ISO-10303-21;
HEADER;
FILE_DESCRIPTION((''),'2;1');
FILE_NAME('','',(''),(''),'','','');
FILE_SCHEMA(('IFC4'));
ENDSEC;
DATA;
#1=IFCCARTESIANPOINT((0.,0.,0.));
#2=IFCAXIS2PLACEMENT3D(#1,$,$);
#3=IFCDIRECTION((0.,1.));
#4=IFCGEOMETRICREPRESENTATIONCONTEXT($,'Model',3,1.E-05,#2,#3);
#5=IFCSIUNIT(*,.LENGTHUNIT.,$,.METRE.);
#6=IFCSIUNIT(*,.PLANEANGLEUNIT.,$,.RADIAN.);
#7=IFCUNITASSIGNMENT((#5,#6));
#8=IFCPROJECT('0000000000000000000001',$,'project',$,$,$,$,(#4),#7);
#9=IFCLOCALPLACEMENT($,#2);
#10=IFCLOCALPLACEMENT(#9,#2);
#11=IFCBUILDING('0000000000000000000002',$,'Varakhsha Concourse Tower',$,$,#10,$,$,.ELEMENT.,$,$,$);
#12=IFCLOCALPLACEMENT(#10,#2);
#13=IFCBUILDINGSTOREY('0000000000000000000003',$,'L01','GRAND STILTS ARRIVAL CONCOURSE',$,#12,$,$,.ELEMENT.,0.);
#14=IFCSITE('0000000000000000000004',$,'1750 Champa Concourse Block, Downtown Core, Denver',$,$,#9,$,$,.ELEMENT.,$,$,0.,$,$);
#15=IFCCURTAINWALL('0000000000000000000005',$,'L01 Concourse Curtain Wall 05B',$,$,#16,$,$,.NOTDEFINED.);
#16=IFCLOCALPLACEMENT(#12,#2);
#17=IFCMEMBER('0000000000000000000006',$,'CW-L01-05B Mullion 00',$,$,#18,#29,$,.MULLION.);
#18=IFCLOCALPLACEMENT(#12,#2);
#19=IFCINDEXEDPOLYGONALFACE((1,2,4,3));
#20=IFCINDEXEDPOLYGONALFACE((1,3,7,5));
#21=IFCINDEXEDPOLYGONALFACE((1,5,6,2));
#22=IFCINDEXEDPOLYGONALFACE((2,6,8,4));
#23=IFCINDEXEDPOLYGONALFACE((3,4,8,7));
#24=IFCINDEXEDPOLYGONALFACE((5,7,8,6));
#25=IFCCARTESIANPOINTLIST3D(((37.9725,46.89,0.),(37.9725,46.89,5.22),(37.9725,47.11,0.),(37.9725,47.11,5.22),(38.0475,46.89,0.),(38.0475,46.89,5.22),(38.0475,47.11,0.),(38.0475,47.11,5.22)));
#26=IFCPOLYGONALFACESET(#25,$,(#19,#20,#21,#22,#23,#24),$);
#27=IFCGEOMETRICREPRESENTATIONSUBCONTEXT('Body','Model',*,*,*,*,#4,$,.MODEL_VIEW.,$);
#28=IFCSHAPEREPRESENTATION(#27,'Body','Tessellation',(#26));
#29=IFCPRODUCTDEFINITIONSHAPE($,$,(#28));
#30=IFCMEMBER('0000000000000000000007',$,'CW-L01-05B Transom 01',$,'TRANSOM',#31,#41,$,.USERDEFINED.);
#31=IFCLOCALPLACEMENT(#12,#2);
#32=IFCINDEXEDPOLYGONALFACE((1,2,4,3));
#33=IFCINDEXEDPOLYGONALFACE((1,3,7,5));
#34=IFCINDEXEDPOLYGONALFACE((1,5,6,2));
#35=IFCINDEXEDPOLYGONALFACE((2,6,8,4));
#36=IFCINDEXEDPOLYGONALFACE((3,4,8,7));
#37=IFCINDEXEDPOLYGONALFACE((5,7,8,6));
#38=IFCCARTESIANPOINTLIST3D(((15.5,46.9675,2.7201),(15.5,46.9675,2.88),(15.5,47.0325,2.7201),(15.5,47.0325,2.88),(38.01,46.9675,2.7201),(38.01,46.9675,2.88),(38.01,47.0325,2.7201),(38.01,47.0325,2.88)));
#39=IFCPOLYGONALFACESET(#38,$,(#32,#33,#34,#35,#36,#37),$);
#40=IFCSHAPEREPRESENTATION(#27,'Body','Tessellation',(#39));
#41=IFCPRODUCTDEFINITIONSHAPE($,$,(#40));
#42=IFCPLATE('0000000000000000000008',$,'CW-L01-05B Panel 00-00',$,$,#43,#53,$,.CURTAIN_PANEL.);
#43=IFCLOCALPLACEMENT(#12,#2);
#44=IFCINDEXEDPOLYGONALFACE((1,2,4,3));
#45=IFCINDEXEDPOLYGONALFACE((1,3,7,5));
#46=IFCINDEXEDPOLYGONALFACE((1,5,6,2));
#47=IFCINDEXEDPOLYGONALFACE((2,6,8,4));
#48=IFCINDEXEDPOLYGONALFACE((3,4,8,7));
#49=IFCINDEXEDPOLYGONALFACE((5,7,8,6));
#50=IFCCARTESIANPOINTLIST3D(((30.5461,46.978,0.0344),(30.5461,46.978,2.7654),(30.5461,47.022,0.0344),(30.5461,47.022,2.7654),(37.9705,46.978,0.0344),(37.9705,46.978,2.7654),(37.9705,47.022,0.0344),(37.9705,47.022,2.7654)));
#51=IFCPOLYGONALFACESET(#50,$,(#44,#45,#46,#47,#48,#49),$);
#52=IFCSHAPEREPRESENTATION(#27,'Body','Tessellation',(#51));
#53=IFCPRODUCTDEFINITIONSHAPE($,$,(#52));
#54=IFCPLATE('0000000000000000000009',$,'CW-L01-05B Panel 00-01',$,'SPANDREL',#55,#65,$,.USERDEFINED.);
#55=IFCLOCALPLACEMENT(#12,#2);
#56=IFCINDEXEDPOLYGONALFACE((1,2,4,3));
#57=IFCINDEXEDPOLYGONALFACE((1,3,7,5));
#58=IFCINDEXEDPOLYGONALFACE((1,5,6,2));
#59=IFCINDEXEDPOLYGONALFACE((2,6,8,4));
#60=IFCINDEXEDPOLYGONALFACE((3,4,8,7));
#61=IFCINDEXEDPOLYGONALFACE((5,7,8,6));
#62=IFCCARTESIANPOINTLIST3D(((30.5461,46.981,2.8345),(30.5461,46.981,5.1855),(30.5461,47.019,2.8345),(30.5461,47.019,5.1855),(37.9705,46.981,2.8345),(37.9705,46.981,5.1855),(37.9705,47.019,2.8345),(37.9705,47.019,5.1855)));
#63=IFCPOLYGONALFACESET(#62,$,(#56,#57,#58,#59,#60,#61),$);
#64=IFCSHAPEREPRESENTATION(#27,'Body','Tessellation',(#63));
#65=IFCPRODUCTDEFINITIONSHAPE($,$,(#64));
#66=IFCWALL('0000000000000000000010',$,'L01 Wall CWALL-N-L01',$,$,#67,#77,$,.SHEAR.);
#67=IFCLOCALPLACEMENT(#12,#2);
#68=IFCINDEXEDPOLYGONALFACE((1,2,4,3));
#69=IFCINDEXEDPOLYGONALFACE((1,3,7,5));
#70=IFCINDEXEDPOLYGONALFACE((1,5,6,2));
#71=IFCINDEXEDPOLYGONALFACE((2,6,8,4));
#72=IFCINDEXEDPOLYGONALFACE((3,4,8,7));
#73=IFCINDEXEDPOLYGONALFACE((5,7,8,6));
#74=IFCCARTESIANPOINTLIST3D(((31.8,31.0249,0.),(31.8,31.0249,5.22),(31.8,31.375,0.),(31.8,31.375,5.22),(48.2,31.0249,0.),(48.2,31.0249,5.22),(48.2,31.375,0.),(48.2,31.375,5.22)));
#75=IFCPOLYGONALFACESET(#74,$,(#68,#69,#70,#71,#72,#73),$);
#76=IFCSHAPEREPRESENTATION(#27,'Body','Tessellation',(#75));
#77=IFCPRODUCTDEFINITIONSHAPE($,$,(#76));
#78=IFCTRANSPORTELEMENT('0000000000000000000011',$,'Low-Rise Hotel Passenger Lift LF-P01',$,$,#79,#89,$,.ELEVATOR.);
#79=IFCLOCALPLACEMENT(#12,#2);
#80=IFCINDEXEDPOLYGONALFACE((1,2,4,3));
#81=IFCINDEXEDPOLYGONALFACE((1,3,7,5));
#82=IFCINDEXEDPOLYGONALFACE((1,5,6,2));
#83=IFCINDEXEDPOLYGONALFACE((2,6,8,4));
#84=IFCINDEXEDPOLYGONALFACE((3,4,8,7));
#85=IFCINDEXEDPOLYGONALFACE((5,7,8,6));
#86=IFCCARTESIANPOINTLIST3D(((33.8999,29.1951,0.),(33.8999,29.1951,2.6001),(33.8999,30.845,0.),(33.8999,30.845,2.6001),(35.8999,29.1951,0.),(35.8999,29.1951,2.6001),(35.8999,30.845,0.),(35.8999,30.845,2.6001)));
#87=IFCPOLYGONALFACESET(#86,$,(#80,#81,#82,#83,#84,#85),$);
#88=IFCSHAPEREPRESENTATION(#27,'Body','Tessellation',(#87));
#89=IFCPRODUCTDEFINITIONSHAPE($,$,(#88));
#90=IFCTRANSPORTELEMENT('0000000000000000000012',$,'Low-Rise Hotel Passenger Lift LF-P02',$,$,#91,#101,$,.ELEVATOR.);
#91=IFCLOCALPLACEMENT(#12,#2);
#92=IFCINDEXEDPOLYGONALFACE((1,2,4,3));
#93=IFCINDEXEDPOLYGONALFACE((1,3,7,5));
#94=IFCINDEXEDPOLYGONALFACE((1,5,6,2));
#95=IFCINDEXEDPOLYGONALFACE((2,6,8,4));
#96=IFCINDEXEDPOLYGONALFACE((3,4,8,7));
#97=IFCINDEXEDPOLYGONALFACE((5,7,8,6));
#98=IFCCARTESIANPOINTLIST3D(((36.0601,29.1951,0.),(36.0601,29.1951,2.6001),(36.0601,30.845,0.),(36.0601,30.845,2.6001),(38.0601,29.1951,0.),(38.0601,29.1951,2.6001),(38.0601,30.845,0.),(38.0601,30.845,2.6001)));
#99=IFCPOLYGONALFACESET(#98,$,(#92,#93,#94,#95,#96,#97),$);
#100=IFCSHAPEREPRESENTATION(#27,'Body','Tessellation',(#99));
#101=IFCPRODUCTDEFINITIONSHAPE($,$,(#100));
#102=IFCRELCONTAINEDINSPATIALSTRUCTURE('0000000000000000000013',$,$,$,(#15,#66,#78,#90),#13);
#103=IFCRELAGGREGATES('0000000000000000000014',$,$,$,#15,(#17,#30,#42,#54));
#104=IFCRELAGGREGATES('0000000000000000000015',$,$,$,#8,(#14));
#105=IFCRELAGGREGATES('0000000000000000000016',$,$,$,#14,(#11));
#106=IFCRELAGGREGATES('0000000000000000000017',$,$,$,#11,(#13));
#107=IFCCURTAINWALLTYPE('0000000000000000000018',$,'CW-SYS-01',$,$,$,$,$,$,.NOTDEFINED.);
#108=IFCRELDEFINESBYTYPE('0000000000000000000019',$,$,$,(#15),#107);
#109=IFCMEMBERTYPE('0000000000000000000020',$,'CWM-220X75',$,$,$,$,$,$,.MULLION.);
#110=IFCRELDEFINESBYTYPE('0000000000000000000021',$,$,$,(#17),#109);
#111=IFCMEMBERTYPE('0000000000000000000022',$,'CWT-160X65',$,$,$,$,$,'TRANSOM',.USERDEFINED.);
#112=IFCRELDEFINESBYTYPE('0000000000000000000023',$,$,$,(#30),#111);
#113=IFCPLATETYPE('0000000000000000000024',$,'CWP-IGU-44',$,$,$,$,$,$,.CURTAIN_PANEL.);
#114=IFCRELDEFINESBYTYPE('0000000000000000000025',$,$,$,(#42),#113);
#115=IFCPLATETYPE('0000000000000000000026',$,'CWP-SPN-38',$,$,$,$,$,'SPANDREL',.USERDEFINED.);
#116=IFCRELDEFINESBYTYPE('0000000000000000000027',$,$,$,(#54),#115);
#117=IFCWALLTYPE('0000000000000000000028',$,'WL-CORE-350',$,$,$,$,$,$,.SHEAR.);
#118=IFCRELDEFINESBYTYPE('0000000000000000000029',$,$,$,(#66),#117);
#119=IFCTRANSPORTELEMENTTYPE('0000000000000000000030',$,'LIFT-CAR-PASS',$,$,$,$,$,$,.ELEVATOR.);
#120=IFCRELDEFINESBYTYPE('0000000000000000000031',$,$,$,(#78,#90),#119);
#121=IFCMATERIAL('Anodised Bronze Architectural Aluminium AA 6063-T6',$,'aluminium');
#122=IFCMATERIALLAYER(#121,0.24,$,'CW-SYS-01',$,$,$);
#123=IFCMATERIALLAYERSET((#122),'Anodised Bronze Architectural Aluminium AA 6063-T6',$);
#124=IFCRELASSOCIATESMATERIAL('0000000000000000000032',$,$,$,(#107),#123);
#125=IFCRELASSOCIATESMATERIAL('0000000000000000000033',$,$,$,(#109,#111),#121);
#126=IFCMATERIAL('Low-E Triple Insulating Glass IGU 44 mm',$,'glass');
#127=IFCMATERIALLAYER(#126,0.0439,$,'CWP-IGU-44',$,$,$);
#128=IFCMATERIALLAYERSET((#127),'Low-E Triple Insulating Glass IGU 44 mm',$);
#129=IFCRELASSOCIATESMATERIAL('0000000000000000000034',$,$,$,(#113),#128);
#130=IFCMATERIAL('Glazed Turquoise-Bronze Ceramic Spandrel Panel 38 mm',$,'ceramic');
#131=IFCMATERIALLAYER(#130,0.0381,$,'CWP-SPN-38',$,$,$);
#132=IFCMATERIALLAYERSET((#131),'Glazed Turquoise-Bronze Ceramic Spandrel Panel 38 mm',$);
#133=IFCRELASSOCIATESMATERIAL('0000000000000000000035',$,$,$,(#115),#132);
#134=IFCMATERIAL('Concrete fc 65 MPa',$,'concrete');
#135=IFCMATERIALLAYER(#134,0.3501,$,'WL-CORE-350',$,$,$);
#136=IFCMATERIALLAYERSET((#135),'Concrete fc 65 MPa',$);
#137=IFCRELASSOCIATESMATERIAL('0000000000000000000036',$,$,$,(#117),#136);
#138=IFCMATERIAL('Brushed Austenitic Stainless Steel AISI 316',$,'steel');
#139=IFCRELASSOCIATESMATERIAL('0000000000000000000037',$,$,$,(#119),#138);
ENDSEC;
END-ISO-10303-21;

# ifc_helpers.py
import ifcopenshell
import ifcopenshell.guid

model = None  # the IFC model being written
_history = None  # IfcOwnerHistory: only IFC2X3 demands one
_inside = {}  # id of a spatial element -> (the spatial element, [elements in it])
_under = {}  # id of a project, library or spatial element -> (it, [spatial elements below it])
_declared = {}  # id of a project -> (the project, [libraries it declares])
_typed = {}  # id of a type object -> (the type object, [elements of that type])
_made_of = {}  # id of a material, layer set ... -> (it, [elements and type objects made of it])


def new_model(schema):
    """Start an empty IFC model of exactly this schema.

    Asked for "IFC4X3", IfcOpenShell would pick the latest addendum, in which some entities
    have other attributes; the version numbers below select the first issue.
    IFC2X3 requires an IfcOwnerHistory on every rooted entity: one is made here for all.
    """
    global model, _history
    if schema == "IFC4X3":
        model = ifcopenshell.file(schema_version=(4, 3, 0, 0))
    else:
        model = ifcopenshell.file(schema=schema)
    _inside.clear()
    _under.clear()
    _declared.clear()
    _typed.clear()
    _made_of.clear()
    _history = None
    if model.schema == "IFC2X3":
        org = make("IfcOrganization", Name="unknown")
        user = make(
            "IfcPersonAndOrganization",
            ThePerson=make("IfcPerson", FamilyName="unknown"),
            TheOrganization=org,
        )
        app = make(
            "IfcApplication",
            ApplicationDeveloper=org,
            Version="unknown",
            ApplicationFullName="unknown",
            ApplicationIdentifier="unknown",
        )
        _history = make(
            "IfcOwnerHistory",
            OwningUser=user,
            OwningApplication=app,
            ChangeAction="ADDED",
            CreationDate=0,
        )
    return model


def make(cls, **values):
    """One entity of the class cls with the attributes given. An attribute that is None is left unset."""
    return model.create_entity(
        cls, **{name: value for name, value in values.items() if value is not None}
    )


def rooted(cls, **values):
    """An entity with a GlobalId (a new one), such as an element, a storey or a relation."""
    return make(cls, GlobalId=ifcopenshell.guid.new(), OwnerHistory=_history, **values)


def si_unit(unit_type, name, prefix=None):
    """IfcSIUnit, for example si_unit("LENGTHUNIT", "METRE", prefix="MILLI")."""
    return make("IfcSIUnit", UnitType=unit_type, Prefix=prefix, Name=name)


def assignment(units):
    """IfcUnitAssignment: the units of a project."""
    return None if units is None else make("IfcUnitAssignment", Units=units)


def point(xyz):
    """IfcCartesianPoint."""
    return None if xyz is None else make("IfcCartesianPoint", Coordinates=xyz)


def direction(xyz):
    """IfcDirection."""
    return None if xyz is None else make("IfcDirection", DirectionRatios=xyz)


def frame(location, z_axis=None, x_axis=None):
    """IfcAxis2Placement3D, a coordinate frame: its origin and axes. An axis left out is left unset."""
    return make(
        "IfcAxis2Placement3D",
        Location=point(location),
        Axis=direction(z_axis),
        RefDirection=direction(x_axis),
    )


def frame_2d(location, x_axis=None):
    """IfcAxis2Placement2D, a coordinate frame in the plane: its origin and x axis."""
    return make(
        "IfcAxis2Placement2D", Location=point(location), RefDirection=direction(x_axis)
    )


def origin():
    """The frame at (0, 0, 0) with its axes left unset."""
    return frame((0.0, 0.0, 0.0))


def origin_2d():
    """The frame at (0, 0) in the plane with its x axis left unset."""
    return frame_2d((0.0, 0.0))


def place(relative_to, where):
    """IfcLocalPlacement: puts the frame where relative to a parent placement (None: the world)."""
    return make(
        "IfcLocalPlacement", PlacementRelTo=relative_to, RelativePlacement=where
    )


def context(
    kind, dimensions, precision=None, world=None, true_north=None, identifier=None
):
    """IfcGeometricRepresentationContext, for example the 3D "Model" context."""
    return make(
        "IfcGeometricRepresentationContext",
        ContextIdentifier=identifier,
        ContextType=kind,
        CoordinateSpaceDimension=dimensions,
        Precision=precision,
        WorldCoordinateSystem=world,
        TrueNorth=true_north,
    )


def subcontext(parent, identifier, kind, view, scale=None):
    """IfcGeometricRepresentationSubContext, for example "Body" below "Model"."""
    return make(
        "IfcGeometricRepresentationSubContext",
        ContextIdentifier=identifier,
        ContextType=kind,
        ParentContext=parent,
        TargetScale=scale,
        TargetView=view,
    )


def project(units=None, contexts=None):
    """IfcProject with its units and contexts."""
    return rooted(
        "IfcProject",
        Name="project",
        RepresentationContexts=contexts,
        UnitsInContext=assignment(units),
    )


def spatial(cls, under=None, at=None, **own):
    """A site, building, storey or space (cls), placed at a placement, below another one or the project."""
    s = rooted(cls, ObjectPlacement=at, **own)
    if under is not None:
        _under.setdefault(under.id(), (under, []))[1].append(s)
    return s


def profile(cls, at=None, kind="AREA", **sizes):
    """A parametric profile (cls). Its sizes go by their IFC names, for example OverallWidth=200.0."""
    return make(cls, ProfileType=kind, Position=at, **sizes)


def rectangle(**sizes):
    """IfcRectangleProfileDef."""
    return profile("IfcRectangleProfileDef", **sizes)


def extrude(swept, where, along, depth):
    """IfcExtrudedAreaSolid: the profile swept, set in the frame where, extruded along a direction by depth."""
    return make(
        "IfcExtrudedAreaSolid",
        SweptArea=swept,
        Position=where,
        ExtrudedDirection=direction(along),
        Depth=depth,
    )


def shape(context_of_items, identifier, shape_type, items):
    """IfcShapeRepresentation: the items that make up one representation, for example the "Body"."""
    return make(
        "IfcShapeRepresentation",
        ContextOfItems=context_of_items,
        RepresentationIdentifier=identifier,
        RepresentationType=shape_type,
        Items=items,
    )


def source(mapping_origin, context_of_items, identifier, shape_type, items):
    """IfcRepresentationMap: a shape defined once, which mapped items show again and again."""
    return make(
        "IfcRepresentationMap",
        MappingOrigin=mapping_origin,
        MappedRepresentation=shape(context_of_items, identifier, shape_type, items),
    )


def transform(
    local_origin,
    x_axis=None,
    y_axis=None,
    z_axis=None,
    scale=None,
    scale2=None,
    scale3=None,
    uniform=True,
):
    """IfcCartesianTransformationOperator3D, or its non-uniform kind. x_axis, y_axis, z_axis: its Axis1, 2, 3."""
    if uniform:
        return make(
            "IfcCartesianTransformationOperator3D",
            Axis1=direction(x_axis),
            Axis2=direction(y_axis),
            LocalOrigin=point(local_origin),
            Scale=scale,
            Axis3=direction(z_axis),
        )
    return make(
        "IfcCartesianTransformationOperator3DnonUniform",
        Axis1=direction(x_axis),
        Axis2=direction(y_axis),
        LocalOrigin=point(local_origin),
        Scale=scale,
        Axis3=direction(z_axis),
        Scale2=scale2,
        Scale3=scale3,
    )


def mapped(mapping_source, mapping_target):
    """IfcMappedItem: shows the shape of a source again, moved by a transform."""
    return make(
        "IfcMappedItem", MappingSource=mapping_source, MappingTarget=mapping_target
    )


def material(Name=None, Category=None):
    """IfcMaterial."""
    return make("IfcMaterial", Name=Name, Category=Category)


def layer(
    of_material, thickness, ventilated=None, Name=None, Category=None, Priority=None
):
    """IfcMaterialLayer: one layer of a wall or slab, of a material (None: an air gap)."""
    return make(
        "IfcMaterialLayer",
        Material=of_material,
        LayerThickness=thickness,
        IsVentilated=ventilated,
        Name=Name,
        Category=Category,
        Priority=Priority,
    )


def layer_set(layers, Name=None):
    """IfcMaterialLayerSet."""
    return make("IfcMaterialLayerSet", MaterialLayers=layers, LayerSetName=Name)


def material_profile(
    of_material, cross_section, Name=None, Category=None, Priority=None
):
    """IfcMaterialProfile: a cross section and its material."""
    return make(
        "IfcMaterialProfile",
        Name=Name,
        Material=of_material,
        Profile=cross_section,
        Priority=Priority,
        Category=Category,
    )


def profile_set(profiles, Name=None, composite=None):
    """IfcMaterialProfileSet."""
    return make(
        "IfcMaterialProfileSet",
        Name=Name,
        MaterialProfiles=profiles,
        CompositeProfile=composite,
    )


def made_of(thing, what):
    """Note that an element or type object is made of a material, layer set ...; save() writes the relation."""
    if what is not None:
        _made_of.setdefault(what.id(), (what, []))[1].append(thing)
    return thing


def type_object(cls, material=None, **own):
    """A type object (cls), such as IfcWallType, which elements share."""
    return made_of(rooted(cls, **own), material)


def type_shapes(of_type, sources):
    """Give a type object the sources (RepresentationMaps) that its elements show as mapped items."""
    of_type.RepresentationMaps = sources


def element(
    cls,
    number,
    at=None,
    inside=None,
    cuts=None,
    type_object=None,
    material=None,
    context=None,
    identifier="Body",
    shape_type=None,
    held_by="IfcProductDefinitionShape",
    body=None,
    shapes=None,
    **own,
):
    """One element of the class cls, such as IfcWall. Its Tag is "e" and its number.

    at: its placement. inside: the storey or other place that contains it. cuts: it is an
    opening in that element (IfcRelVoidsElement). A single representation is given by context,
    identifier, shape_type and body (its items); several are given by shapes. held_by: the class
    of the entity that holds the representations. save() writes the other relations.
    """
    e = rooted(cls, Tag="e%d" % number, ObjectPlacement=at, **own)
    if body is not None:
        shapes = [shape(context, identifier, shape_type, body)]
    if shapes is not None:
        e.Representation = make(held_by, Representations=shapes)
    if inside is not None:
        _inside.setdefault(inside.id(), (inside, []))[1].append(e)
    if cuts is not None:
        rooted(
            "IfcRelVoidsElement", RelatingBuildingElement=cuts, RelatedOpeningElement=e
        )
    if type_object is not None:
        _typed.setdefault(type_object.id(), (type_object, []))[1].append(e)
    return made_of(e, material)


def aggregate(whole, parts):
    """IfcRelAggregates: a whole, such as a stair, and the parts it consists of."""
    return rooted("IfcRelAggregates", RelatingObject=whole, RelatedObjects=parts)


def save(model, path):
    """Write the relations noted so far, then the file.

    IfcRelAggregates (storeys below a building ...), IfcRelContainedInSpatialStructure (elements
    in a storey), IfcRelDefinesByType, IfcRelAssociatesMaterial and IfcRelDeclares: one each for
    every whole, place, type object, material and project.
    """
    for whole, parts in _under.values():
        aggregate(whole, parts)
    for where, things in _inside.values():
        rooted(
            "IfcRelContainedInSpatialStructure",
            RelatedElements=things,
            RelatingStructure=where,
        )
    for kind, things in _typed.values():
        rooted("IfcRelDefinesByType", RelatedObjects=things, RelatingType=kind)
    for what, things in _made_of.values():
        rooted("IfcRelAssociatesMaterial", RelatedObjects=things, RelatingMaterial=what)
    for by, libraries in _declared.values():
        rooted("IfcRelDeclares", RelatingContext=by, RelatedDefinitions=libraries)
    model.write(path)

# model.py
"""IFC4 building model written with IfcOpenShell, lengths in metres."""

from ifc_helpers import new_model, si_unit, direction, frame, frame_2d, origin, origin_2d, place, context, subcontext, project, spatial, rectangle, extrude, source, transform, mapped, material, layer, layer_set, material_profile, profile_set, type_object, type_shapes, element, aggregate, save


model = new_model("IFC4")

# Units and contexts
model_context = context("Model", 3, precision=1e-05, world=origin(), true_north=direction((0.0, 1.0)))
body_context = subcontext(model_context, "Body", "Model", "MODEL_VIEW")
ifc_project = project(units=[si_unit("LENGTHUNIT", "METRE"), si_unit("PLANEANGLEUNIT", "RADIAN")], contexts=[model_context])

# Site, building, storey
site_placement = place(None, origin())
site = spatial("IfcSite", under=ifc_project, at=site_placement, Name="1750 Champa Concourse Block, Downtown Core, Denver", CompositionType="ELEMENT", RefElevation=0.0)
building_placement = place(site_placement, origin())
building = spatial("IfcBuilding", under=site, at=building_placement, Name="Varakhsha Concourse Tower", CompositionType="ELEMENT")
storey_placement = place(building_placement, origin())
storey = spatial("IfcBuildingStorey", under=building, at=storey_placement, Name="L01", Description="GRAND STILTS ARRIVAL CONCOURSE", CompositionType="ELEMENT", Elevation=0.0)

# Shared definitions
ifc_material_1 = material(Name="Concrete fc 65 MPa", Category="concrete")

# Curtain wall, members, plates
ifc_material_2 = material(Name="Anodised Bronze Architectural Aluminium AA 6063-T6", Category="aluminium")
ifc_layer_1 = layer(ifc_material_2, 0.24, Name="CW-SYS-01")
ifc_layer_set_1 = layer_set([ifc_layer_1], Name="Anodised Bronze Architectural Aluminium AA 6063-T6")
curtain_wall_type = type_object("IfcCurtainWallType", Name="CW-SYS-01", PredefinedType="NOTDEFINED", material=ifc_layer_set_1)
curtain_wall_placement = place(storey_placement, origin())
curtain_wall = element("IfcCurtainWall", 1, at=curtain_wall_placement, inside=storey, type_object=curtain_wall_type, Name="L01 Concourse Curtain Wall 05B", PredefinedType="NOTDEFINED")
ifc_material_profile_1 = material_profile(ifc_material_2, rectangle(XDim=0.075, YDim=0.22, at=origin_2d()), Name="CWM-220X75")
ifc_profile_set_1 = profile_set([ifc_material_profile_1], Name="Anodised Bronze Architectural Aluminium AA 6063-T6")
member_type_1 = type_object("IfcMemberType", Name="CWM-220X75", PredefinedType="MULLION", material=ifc_profile_set_1)
shared_shape_1 = source(origin(), body_context, "Body", "SweptSolid", [
    extrude(rectangle(XDim=0.075, YDim=0.22, at=origin_2d()), origin(), (0.0, 0.0, 1.0), 5.22),
])
type_shapes(member_type_1, [shared_shape_1])
member_1_placement = place(storey_placement, frame((38.01, 47.0, 0.0), z_axis=(0.0, 0.0, 1.0), x_axis=(-1.0, 0.0, 0.0)))
member_1 = element("IfcMember", 2, at=member_1_placement, type_object=member_type_1, Name="CW-L01-05B Mullion 00", PredefinedType="MULLION", context=body_context, shape_type="MappedRepresentation", body=[
    mapped(shared_shape_1, transform((0.0, 0.0, 0.0), scale=1.0)),
])
ifc_material_profile_2 = material_profile(ifc_material_2, rectangle(XDim=0.0649, YDim=0.1599, at=origin_2d()), Name="CWT-160X65")
ifc_profile_set_2 = profile_set([ifc_material_profile_2], Name="Anodised Bronze Architectural Aluminium AA 6063-T6")
member_type_2 = type_object("IfcMemberType", Name="CWT-160X65", ElementType="TRANSOM", PredefinedType="USERDEFINED", material=ifc_profile_set_2)
shared_shape_2 = source(origin(), body_context, "Body", "SweptSolid", [
    extrude(rectangle(XDim=0.0649, YDim=0.1599, at=origin_2d()), origin(), (0.0, 0.0, 1.0), 22.51),
])
type_shapes(member_type_2, [shared_shape_2])
member_2_placement = place(storey_placement, frame((38.01, 47.0, 2.8), z_axis=(-1.0, 0.0, 0.0), x_axis=(0.0, -1.0, 0.0)))
member_2 = element("IfcMember", 3, at=member_2_placement, type_object=member_type_2, Name="CW-L01-05B Transom 01", ObjectType="TRANSOM", PredefinedType="USERDEFINED", context=body_context, shape_type="MappedRepresentation", body=[
    mapped(shared_shape_2, transform((0.0, 0.0, 0.0), scale=1.0)),
])
ifc_material_3 = material(Name="Low-E Triple Insulating Glass IGU 44 mm", Category="glass")
ifc_layer_2 = layer(ifc_material_3, 0.0439, Name="CWP-IGU-44")
ifc_layer_set_2 = layer_set([ifc_layer_2], Name="Low-E Triple Insulating Glass IGU 44 mm")
plate_type_1 = type_object("IfcPlateType", Name="CWP-IGU-44", PredefinedType="CURTAIN_PANEL", material=ifc_layer_set_2)
shared_shape_3 = source(origin(), body_context, "Body", "SweptSolid", [
    extrude(rectangle(XDim=7.4243, YDim=0.0439, at=origin_2d()), origin(), (0.0, 0.0, 1.0), 2.731),
])
type_shapes(plate_type_1, [shared_shape_3])
plate_1_placement = place(storey_placement, frame((34.2583, 47.0, 0.0344), z_axis=(0.0, 0.0, 1.0), x_axis=(-1.0, 0.0, 0.0)))
plate_1 = element("IfcPlate", 4, at=plate_1_placement, type_object=plate_type_1, Name="CW-L01-05B Panel 00-00", PredefinedType="CURTAIN_PANEL", context=body_context, shape_type="MappedRepresentation", body=[
    mapped(shared_shape_3, transform((0.0, 0.0, 0.0), scale=1.0)),
])
ifc_material_4 = material(Name="Glazed Turquoise-Bronze Ceramic Spandrel Panel 38 mm", Category="ceramic")
ifc_layer_3 = layer(ifc_material_4, 0.0381, Name="CWP-SPN-38")
ifc_layer_set_3 = layer_set([ifc_layer_3], Name="Glazed Turquoise-Bronze Ceramic Spandrel Panel 38 mm")
plate_type_2 = type_object("IfcPlateType", Name="CWP-SPN-38", ElementType="SPANDREL", PredefinedType="USERDEFINED", material=ifc_layer_set_3)
shared_shape_4 = source(origin(), body_context, "Body", "SweptSolid", [
    extrude(rectangle(XDim=7.4243, YDim=0.0381, at=origin_2d()), origin(), (0.0, 0.0, 1.0), 2.3511),
])
type_shapes(plate_type_2, [shared_shape_4])
plate_2_placement = place(storey_placement, frame((34.2583, 47.0, 2.8345), z_axis=(0.0, 0.0, 1.0), x_axis=(-1.0, 0.0, 0.0)))
plate_2 = element("IfcPlate", 5, at=plate_2_placement, type_object=plate_type_2, Name="CW-L01-05B Panel 00-01", ObjectType="SPANDREL", PredefinedType="USERDEFINED", context=body_context, shape_type="MappedRepresentation", body=[
    mapped(shared_shape_4, transform((0.0, 0.0, 0.0), scale=1.0)),
])
aggregate(curtain_wall, [member_1, member_2, plate_1, plate_2])

# Wall
ifc_layer_4 = layer(ifc_material_1, 0.3501, Name="WL-CORE-350")
ifc_layer_set_4 = layer_set([ifc_layer_4], Name="Concrete fc 65 MPa")
wall_type = type_object("IfcWallType", Name="WL-CORE-350", PredefinedType="SHEAR", material=ifc_layer_set_4)
wall_placement = place(storey_placement, frame((31.8, 31.2, 0.0), z_axis=(0.0, 0.0, 1.0), x_axis=(1.0, 0.0, 0.0)))
element("IfcWall", 6, at=wall_placement, inside=storey, type_object=wall_type, Name="L01 Wall CWALL-N-L01", PredefinedType="SHEAR", context=body_context, shape_type="SweptSolid", body=[
    extrude(rectangle(XDim=16.3999, YDim=0.3501, at=frame_2d((8.2, 0.0))), origin(), (0.0, 0.0, 1.0), 5.22),
])

# Transport elements
ifc_material_5 = material(Name="Brushed Austenitic Stainless Steel AISI 316", Category="steel")
transport_element_type = type_object("IfcTransportElementType", Name="LIFT-CAR-PASS", PredefinedType="ELEVATOR", material=ifc_material_5)
for number, where, z_axis, x_axis, name in (
    (7, (34.8999, 30.02, 0.0), (0.0, 0.0, 1.0), (1.0, 0.0, 0.0), "Low-Rise Hotel Passenger Lift LF-P01"),
    (8, (37.0601, 30.02, 0.0), (0.0, 0.0, 1.0), (1.0, 0.0, 0.0), "Low-Rise Hotel Passenger Lift LF-P02"),
):
    element("IfcTransportElement", number, at=place(storey_placement, frame(where, z_axis=z_axis, x_axis=x_axis)), inside=storey, type_object=transport_element_type, Name=name, PredefinedType="ELEVATOR", context=body_context, shape_type="SweptSolid", body=[
        extrude(rectangle(XDim=2.0, YDim=1.6499, at=origin_2d()), origin(), (0.0, 0.0, 1.0), 2.6001),
    ])

save(model, "model.ifc")
